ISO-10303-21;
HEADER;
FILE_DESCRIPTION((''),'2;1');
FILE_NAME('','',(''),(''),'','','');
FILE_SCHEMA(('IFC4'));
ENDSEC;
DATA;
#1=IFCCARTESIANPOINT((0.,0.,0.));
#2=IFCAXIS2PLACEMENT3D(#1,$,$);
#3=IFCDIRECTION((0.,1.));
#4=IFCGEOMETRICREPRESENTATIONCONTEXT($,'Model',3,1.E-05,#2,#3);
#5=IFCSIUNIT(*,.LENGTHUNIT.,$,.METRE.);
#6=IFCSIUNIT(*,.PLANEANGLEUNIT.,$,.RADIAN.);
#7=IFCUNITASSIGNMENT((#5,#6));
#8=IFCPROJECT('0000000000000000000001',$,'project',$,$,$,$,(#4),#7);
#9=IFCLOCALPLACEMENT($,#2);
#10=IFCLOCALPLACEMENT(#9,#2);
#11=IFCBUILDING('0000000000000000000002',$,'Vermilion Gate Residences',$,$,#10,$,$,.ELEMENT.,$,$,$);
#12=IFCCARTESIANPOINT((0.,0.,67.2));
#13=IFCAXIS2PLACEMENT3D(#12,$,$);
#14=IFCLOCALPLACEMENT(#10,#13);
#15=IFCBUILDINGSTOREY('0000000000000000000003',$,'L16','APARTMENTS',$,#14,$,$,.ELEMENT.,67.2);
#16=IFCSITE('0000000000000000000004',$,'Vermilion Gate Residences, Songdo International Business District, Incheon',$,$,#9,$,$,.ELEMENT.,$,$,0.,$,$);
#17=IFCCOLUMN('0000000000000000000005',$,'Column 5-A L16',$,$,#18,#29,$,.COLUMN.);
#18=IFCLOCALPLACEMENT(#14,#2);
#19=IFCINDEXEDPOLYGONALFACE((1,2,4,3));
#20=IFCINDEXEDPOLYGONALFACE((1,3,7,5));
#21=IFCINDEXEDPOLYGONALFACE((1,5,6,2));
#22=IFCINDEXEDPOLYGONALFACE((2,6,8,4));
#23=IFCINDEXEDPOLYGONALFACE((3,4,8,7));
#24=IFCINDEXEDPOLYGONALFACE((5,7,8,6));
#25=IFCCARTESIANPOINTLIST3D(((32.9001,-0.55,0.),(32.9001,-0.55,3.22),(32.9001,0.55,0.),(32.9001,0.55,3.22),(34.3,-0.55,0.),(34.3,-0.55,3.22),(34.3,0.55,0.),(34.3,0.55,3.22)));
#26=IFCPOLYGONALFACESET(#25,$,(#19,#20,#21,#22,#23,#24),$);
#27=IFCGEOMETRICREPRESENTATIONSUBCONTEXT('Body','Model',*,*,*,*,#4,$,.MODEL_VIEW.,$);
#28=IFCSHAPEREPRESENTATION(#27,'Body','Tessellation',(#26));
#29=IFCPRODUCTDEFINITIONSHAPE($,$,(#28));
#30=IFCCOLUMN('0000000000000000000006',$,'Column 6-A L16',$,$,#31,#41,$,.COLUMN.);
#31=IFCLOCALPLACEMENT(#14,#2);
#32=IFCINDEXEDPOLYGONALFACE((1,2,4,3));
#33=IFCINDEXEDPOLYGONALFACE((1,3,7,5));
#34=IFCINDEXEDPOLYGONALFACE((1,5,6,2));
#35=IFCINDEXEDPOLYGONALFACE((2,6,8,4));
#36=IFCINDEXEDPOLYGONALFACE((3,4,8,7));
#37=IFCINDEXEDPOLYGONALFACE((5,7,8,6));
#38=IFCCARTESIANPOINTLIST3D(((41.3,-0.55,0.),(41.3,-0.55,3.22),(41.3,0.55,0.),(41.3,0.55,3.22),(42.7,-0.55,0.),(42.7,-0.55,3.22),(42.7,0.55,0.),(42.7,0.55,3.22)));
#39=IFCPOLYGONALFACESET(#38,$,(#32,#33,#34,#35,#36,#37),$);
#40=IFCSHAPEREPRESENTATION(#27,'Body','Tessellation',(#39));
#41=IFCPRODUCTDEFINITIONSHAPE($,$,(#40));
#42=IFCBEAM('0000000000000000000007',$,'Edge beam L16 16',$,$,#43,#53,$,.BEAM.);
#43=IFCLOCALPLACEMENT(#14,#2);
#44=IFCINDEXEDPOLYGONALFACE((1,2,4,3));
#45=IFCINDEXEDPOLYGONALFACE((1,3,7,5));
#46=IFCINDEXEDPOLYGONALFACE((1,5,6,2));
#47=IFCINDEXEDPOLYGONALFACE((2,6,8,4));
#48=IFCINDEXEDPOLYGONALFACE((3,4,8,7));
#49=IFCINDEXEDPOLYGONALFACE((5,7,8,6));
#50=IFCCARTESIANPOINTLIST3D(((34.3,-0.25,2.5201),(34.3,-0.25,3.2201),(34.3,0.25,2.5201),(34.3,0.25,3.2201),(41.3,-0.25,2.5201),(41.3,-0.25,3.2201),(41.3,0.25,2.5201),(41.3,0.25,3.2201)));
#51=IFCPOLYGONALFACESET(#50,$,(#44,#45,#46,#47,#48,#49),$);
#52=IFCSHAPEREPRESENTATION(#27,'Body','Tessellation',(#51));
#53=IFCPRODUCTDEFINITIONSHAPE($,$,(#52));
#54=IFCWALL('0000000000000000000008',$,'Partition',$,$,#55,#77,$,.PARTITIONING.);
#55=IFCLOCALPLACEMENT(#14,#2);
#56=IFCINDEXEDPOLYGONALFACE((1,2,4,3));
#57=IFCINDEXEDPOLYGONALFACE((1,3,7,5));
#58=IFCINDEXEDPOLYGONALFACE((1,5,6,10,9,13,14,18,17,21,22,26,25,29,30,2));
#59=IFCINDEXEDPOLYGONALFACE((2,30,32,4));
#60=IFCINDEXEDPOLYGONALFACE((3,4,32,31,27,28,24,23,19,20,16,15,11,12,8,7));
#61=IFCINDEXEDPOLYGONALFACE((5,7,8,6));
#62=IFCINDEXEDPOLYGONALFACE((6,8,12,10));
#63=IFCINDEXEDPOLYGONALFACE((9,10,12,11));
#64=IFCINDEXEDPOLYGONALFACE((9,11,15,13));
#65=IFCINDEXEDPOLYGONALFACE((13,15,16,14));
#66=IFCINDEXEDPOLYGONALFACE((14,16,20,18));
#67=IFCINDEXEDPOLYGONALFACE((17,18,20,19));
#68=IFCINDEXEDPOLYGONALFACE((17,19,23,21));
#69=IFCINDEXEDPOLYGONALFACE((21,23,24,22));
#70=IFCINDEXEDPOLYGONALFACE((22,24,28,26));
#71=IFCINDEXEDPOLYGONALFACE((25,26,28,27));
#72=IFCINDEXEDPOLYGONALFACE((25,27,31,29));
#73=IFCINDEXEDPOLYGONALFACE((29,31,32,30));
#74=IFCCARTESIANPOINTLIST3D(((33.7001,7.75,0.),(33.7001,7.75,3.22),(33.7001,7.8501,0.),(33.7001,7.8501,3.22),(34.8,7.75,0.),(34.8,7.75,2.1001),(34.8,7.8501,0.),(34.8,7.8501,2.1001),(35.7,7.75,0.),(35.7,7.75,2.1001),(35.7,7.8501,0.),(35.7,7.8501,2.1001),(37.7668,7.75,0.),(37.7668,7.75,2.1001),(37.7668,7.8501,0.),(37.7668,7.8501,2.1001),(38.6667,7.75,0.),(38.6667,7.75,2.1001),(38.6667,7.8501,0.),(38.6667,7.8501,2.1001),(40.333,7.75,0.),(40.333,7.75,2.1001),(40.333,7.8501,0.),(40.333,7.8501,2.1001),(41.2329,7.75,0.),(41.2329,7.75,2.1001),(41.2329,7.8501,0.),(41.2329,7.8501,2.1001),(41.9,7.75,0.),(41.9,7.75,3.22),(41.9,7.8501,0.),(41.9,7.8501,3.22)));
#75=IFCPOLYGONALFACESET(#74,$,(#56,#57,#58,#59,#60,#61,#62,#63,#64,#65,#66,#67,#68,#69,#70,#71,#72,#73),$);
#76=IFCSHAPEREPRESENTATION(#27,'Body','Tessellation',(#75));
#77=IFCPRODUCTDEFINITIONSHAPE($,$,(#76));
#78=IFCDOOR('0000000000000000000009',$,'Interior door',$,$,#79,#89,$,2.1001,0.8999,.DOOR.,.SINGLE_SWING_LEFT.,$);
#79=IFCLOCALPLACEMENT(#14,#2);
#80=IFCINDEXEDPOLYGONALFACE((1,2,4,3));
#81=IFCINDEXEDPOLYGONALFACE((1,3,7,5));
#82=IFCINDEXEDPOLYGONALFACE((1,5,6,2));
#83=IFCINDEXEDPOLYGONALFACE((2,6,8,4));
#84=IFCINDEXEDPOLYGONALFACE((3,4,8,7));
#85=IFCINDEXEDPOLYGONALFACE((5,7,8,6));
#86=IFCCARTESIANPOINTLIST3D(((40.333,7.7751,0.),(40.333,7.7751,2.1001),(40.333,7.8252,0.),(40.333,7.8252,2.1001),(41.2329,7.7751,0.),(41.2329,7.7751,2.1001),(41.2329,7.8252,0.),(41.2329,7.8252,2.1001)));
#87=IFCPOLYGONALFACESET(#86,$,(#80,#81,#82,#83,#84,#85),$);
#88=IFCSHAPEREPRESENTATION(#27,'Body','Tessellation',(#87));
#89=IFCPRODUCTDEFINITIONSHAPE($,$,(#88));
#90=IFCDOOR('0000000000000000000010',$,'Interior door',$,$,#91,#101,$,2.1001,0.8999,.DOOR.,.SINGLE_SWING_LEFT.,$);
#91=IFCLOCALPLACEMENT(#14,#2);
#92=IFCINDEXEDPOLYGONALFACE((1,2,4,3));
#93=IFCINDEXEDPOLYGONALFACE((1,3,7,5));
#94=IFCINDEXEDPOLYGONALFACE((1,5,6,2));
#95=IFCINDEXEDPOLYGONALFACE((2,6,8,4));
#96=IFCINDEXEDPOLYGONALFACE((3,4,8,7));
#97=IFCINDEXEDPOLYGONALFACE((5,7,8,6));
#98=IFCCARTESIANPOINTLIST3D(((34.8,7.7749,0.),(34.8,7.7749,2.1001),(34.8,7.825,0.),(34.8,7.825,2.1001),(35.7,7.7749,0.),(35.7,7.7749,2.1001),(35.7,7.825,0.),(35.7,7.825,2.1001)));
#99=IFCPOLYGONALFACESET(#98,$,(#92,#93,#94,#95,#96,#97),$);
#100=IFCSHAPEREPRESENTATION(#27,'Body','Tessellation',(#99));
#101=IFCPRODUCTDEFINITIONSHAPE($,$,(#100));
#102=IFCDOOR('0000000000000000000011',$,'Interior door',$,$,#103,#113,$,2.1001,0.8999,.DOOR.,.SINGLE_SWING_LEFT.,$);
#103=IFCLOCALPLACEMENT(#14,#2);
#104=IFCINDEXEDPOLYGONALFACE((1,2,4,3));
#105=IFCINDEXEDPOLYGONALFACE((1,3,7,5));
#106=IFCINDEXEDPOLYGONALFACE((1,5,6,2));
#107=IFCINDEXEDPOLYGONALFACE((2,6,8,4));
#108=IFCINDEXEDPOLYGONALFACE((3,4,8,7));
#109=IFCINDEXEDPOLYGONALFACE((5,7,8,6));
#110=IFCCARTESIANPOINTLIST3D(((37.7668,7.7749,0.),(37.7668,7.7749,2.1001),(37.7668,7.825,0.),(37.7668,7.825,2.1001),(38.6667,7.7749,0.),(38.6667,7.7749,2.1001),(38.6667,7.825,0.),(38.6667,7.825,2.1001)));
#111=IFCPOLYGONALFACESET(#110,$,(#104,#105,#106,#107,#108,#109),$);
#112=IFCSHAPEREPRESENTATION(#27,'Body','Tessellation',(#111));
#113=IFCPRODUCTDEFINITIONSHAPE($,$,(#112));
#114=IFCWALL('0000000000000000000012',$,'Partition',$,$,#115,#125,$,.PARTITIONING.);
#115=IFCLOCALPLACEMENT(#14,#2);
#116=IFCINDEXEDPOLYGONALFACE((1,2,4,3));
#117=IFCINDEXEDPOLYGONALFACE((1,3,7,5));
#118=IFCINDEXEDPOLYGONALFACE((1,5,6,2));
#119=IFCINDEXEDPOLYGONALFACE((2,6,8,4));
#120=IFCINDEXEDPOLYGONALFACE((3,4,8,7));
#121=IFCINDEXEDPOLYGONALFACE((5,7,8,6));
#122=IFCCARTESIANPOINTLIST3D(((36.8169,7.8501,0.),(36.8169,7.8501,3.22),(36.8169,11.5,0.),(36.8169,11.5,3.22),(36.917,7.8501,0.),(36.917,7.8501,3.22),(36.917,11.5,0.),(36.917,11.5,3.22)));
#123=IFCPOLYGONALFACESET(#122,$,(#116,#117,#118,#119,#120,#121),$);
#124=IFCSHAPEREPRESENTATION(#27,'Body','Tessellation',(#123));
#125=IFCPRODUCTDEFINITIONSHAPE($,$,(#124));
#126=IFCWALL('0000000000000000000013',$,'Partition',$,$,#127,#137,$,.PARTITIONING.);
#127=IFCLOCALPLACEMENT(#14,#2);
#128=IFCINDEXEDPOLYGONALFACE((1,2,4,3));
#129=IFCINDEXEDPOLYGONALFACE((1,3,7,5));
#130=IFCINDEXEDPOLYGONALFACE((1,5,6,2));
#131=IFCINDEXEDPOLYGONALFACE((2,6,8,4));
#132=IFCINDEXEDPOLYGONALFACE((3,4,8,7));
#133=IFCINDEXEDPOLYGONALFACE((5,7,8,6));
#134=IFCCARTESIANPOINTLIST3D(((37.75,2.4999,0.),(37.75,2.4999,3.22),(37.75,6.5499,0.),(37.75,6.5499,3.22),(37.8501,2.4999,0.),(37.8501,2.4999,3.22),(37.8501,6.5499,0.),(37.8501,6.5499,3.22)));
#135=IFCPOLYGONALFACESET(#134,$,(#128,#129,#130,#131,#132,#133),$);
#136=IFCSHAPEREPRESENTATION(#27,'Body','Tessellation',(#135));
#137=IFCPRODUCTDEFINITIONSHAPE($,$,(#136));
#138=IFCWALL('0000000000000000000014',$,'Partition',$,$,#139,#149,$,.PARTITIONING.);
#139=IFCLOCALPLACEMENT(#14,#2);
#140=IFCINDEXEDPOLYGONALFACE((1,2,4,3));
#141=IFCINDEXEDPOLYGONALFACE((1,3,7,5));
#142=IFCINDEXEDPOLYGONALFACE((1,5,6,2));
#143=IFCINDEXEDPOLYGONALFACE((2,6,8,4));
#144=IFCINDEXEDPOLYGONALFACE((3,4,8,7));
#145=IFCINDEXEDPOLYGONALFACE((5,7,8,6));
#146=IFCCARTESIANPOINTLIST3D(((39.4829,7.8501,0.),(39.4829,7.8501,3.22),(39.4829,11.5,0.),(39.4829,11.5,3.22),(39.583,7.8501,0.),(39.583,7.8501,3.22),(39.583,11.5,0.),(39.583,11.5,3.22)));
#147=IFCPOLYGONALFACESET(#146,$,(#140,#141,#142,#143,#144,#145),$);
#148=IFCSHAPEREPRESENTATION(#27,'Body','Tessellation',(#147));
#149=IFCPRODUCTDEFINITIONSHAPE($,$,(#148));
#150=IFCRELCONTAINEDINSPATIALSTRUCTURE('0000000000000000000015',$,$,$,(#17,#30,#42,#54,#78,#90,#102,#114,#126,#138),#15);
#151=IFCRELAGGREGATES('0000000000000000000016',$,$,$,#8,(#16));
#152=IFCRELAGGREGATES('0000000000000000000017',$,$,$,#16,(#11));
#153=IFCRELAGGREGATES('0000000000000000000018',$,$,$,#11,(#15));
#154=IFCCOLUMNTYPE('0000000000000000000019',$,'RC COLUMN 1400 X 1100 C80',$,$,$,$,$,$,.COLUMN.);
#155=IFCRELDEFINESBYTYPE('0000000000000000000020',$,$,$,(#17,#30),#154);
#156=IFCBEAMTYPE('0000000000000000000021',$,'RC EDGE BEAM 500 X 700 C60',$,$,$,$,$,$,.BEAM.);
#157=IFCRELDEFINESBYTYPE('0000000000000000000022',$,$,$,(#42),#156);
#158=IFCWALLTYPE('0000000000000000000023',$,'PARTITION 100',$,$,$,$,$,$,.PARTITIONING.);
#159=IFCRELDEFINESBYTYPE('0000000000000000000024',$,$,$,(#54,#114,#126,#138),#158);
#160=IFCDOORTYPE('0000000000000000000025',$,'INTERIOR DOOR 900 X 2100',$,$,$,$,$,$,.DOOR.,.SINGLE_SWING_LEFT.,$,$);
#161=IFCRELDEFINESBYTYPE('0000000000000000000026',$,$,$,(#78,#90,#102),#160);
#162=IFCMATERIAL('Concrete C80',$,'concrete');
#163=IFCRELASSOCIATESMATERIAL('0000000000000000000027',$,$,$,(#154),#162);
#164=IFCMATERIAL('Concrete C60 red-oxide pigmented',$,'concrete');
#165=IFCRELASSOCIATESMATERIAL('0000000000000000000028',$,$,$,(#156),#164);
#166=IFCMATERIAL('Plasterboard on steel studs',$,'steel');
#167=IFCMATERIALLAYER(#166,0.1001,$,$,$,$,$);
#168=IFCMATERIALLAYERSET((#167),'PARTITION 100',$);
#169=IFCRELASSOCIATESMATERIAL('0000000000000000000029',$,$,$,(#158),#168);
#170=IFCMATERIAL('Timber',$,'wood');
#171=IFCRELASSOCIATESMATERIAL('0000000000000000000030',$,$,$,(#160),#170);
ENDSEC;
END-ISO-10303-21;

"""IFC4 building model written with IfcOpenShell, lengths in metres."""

from ifc_helpers import new_model, si_unit, direction, frame, frame_2d, origin, origin_2d, place, context, subcontext, project, spatial, rectangle, extrude, material, layer, layer_set, material_profile, profile_set, type_object, element, fill, save


model = new_model("IFC4")

# Units and contexts
model_context = context("Model", 3, precision=1e-05, world=origin(), true_north=direction((0.0, 1.0)))
body_context = subcontext(model_context, "Body", "Model", "MODEL_VIEW")
ifc_project = project(units=[si_unit("LENGTHUNIT", "METRE"), si_unit("PLANEANGLEUNIT", "RADIAN")], contexts=[model_context])

# Site, building, storey
site_placement = place(None, origin())
site = spatial("IfcSite", under=ifc_project, at=site_placement, Name="Vermilion Gate Residences, Songdo International Business District, Incheon", CompositionType="ELEMENT", RefElevation=0.0)
building_placement = place(site_placement, origin())
building = spatial("IfcBuilding", under=site, at=building_placement, Name="Vermilion Gate Residences", CompositionType="ELEMENT")
storey_placement = place(building_placement, frame((0.0, 0.0, 67.2)))
storey = spatial("IfcBuildingStorey", under=building, at=storey_placement, Name="L16", Description="APARTMENTS", CompositionType="ELEMENT", Elevation=67.2)

# Columns
ifc_material_1 = material(Name="Concrete C80", Category="concrete")
ifc_material_profile_1 = material_profile(ifc_material_1, rectangle(XDim=1.3999, YDim=1.1001, at=origin_2d()), Name="RC-1400x1100")
ifc_profile_set_1 = profile_set([ifc_material_profile_1], Name="Concrete C80")
column_type = type_object("IfcColumnType", Name="RC COLUMN 1400 X 1100 C80", PredefinedType="COLUMN", material=ifc_profile_set_1)
for number, where, z_axis, x_axis, name in (
    (1, (33.6001, 0.0, 0.0), (0.0, 0.0, 1.0), (1.0, 0.0, 0.0), "Column 5-A L16"),
    (2, (42.0, 0.0, 0.0), (0.0, 0.0, 1.0), (1.0, 0.0, 0.0), "Column 6-A L16"),
):
    element("IfcColumn", number, at=place(storey_placement, frame(where, z_axis=z_axis, x_axis=x_axis)), inside=storey, type_object=column_type, Name=name, PredefinedType="COLUMN", context=body_context, shape_type="SweptSolid", body=[
        extrude(rectangle(XDim=1.3999, YDim=1.1001, at=origin_2d()), origin(), (0.0, 0.0, 1.0), 3.22),
    ])

# Beam
ifc_material_2 = material(Name="Concrete C60 red-oxide pigmented", Category="concrete")
ifc_material_profile_2 = material_profile(ifc_material_2, rectangle(XDim=0.5, YDim=0.7, at=origin_2d()), Name="RC-500x700")
ifc_profile_set_2 = profile_set([ifc_material_profile_2], Name="Concrete C60 red-oxide pigmented")
beam_type = type_object("IfcBeamType", Name="RC EDGE BEAM 500 X 700 C60", PredefinedType="BEAM", material=ifc_profile_set_2)
beam_placement = place(storey_placement, frame((34.3, 0.0, 2.8701), z_axis=(1.0, 0.0, 0.0), x_axis=(0.0, 1.0, 0.0)))
element("IfcBeam", 3, at=beam_placement, inside=storey, type_object=beam_type, Name="Edge beam L16 16", PredefinedType="BEAM", context=body_context, shape_type="SweptSolid", body=[
    extrude(rectangle(XDim=0.5, YDim=0.7, at=origin_2d()), origin(), (0.0, 0.0, 1.0), 7.0),
])

# Wall, openings, doors
ifc_material_3 = material(Name="Plasterboard on steel studs", Category="steel")
ifc_layer_1 = layer(ifc_material_3, 0.1001)
ifc_layer_set_1 = layer_set([ifc_layer_1], Name="PARTITION 100")
wall_type_1 = type_object("IfcWallType", Name="PARTITION 100", PredefinedType="PARTITIONING", material=ifc_layer_set_1)
wall_1_placement = place(storey_placement, frame((33.7, 7.8, 0.0), z_axis=(0.0, 0.0, 1.0), x_axis=(1.0, 0.0, 0.0)))
wall_1 = element("IfcWall", 4, at=wall_1_placement, inside=storey, type_object=wall_type_1, Name="Partition", PredefinedType="PARTITIONING", context=body_context, shape_type="SweptSolid", body=[
    extrude(rectangle(XDim=8.2, YDim=0.1001, at=frame_2d((4.1001, 0.0))), origin(), (0.0, 0.0, 1.0), 3.22),
])
opening_1_placement = place(wall_1_placement, frame((6.6331, 0.0, 0.0)))
opening_1 = element("IfcOpeningElement", 5, at=opening_1_placement, cuts=wall_1, PredefinedType="OPENING", context=body_context, shape_type="SweptSolid", body=[
    extrude(rectangle(XDim=0.8999, YDim=2.1001, at=frame_2d((0.45, 1.05))), frame((0.0, 0.0601, 0.0), z_axis=(0.0, -1.0, 0.0), x_axis=(1.0, 0.0, 0.0)), (0.0, 0.0, 1.0), 0.1201),
])
opening_2_placement = place(wall_1_placement, frame((1.1001, 0.0, 0.0)))
opening_2 = element("IfcOpeningElement", 6, at=opening_2_placement, cuts=wall_1, PredefinedType="OPENING", context=body_context, shape_type="SweptSolid", body=[
    extrude(rectangle(XDim=0.8999, YDim=2.1001, at=frame_2d((0.45, 1.05))), frame((0.0, 0.0601, 0.0), z_axis=(0.0, -1.0, 0.0), x_axis=(1.0, 0.0, 0.0)), (0.0, 0.0, 1.0), 0.1201),
])
opening_3_placement = place(wall_1_placement, frame((4.0669, 0.0, 0.0)))
opening_3 = element("IfcOpeningElement", 7, at=opening_3_placement, cuts=wall_1, PredefinedType="OPENING", context=body_context, shape_type="SweptSolid", body=[
    extrude(rectangle(XDim=0.8999, YDim=2.1001, at=frame_2d((0.45, 1.05))), frame((0.0, 0.0601, 0.0), z_axis=(0.0, -1.0, 0.0), x_axis=(1.0, 0.0, 0.0)), (0.0, 0.0, 1.0), 0.1201),
])
ifc_material_4 = material(Name="Timber", Category="wood")
door_type_1 = type_object("IfcDoorType", Name="INTERIOR DOOR 900 X 2100", OperationType="SINGLE_SWING_LEFT", PredefinedType="DOOR", material=ifc_material_4)
door_1_placement = place(opening_1_placement, frame((0.8999, 0.0, 0.0), z_axis=(0.0, 0.0, 1.0), x_axis=(-1.0, 0.0, 0.0)))
door_1 = element("IfcDoor", 8, at=door_1_placement, inside=storey, type_object=door_type_1, Name="Interior door", OperationType="SINGLE_SWING_LEFT", OverallHeight=2.1001, OverallWidth=0.8999, PredefinedType="DOOR", context=body_context, shape_type="SweptSolid", body=[
    extrude(rectangle(XDim=0.8999, YDim=2.1001, at=frame_2d((0.45, 1.05))), frame((0.0, 0.0249, 0.0), z_axis=(0.0, -1.0, 0.0), x_axis=(1.0, 0.0, 0.0)), (0.0, 0.0, 1.0), 0.05),
])
fill(opening_1, door_1)
door_2_placement = place(opening_2_placement, origin())
door_2 = element("IfcDoor", 9, at=door_2_placement, inside=storey, type_object=door_type_1, Name="Interior door", OperationType="SINGLE_SWING_LEFT", OverallHeight=2.1001, OverallWidth=0.8999, PredefinedType="DOOR", context=body_context, shape_type="SweptSolid", body=[
    extrude(rectangle(XDim=0.8999, YDim=2.1001, at=frame_2d((0.45, 1.05))), frame((0.0, 0.0249, 0.0), z_axis=(0.0, -1.0, 0.0), x_axis=(1.0, 0.0, 0.0)), (0.0, 0.0, 1.0), 0.05),
])
fill(opening_2, door_2)
door_3_placement = place(opening_3_placement, origin())
door_3 = element("IfcDoor", 10, at=door_3_placement, inside=storey, type_object=door_type_1, Name="Interior door", OperationType="SINGLE_SWING_LEFT", OverallHeight=2.1001, OverallWidth=0.8999, PredefinedType="DOOR", context=body_context, shape_type="SweptSolid", body=[
    extrude(rectangle(XDim=0.8999, YDim=2.1001, at=frame_2d((0.45, 1.05))), frame((0.0, 0.0249, 0.0), z_axis=(0.0, -1.0, 0.0), x_axis=(1.0, 0.0, 0.0)), (0.0, 0.0, 1.0), 0.05),
])
fill(opening_3, door_3)

# Walls
wall_2_placement = place(storey_placement, frame((36.8669, 7.8501, 0.0), z_axis=(0.0, 0.0, 1.0), x_axis=(0.0, 1.0, 0.0)))
element("IfcWall", 11, at=wall_2_placement, inside=storey, type_object=wall_type_1, Name="Partition", PredefinedType="PARTITIONING", context=body_context, shape_type="SweptSolid", body=[
    extrude(rectangle(XDim=3.6499, YDim=0.1001, at=frame_2d((1.825, 0.0))), origin(), (0.0, 0.0, 1.0), 3.22),
])
wall_3_placement = place(storey_placement, frame((37.8, 2.5, 0.0), z_axis=(0.0, 0.0, 1.0), x_axis=(0.0, 1.0, 0.0)))
element("IfcWall", 12, at=wall_3_placement, inside=storey, type_object=wall_type_1, Name="Partition", PredefinedType="PARTITIONING", context=body_context, shape_type="SweptSolid", body=[
    extrude(rectangle(XDim=4.05, YDim=0.1001, at=frame_2d((2.0249, 0.0))), origin(), (0.0, 0.0, 1.0), 3.22),
])
wall_4_placement = place(storey_placement, frame((39.533, 7.8501, 0.0), z_axis=(0.0, 0.0, 1.0), x_axis=(0.0, 1.0, 0.0)))
element("IfcWall", 13, at=wall_4_placement, inside=storey, type_object=wall_type_1, Name="Partition", PredefinedType="PARTITIONING", context=body_context, shape_type="SweptSolid", body=[
    extrude(rectangle(XDim=3.6499, YDim=0.1001, at=frame_2d((1.825, 0.0))), origin(), (0.0, 0.0, 1.0), 3.22),
])

save(model, "model.ifc")
